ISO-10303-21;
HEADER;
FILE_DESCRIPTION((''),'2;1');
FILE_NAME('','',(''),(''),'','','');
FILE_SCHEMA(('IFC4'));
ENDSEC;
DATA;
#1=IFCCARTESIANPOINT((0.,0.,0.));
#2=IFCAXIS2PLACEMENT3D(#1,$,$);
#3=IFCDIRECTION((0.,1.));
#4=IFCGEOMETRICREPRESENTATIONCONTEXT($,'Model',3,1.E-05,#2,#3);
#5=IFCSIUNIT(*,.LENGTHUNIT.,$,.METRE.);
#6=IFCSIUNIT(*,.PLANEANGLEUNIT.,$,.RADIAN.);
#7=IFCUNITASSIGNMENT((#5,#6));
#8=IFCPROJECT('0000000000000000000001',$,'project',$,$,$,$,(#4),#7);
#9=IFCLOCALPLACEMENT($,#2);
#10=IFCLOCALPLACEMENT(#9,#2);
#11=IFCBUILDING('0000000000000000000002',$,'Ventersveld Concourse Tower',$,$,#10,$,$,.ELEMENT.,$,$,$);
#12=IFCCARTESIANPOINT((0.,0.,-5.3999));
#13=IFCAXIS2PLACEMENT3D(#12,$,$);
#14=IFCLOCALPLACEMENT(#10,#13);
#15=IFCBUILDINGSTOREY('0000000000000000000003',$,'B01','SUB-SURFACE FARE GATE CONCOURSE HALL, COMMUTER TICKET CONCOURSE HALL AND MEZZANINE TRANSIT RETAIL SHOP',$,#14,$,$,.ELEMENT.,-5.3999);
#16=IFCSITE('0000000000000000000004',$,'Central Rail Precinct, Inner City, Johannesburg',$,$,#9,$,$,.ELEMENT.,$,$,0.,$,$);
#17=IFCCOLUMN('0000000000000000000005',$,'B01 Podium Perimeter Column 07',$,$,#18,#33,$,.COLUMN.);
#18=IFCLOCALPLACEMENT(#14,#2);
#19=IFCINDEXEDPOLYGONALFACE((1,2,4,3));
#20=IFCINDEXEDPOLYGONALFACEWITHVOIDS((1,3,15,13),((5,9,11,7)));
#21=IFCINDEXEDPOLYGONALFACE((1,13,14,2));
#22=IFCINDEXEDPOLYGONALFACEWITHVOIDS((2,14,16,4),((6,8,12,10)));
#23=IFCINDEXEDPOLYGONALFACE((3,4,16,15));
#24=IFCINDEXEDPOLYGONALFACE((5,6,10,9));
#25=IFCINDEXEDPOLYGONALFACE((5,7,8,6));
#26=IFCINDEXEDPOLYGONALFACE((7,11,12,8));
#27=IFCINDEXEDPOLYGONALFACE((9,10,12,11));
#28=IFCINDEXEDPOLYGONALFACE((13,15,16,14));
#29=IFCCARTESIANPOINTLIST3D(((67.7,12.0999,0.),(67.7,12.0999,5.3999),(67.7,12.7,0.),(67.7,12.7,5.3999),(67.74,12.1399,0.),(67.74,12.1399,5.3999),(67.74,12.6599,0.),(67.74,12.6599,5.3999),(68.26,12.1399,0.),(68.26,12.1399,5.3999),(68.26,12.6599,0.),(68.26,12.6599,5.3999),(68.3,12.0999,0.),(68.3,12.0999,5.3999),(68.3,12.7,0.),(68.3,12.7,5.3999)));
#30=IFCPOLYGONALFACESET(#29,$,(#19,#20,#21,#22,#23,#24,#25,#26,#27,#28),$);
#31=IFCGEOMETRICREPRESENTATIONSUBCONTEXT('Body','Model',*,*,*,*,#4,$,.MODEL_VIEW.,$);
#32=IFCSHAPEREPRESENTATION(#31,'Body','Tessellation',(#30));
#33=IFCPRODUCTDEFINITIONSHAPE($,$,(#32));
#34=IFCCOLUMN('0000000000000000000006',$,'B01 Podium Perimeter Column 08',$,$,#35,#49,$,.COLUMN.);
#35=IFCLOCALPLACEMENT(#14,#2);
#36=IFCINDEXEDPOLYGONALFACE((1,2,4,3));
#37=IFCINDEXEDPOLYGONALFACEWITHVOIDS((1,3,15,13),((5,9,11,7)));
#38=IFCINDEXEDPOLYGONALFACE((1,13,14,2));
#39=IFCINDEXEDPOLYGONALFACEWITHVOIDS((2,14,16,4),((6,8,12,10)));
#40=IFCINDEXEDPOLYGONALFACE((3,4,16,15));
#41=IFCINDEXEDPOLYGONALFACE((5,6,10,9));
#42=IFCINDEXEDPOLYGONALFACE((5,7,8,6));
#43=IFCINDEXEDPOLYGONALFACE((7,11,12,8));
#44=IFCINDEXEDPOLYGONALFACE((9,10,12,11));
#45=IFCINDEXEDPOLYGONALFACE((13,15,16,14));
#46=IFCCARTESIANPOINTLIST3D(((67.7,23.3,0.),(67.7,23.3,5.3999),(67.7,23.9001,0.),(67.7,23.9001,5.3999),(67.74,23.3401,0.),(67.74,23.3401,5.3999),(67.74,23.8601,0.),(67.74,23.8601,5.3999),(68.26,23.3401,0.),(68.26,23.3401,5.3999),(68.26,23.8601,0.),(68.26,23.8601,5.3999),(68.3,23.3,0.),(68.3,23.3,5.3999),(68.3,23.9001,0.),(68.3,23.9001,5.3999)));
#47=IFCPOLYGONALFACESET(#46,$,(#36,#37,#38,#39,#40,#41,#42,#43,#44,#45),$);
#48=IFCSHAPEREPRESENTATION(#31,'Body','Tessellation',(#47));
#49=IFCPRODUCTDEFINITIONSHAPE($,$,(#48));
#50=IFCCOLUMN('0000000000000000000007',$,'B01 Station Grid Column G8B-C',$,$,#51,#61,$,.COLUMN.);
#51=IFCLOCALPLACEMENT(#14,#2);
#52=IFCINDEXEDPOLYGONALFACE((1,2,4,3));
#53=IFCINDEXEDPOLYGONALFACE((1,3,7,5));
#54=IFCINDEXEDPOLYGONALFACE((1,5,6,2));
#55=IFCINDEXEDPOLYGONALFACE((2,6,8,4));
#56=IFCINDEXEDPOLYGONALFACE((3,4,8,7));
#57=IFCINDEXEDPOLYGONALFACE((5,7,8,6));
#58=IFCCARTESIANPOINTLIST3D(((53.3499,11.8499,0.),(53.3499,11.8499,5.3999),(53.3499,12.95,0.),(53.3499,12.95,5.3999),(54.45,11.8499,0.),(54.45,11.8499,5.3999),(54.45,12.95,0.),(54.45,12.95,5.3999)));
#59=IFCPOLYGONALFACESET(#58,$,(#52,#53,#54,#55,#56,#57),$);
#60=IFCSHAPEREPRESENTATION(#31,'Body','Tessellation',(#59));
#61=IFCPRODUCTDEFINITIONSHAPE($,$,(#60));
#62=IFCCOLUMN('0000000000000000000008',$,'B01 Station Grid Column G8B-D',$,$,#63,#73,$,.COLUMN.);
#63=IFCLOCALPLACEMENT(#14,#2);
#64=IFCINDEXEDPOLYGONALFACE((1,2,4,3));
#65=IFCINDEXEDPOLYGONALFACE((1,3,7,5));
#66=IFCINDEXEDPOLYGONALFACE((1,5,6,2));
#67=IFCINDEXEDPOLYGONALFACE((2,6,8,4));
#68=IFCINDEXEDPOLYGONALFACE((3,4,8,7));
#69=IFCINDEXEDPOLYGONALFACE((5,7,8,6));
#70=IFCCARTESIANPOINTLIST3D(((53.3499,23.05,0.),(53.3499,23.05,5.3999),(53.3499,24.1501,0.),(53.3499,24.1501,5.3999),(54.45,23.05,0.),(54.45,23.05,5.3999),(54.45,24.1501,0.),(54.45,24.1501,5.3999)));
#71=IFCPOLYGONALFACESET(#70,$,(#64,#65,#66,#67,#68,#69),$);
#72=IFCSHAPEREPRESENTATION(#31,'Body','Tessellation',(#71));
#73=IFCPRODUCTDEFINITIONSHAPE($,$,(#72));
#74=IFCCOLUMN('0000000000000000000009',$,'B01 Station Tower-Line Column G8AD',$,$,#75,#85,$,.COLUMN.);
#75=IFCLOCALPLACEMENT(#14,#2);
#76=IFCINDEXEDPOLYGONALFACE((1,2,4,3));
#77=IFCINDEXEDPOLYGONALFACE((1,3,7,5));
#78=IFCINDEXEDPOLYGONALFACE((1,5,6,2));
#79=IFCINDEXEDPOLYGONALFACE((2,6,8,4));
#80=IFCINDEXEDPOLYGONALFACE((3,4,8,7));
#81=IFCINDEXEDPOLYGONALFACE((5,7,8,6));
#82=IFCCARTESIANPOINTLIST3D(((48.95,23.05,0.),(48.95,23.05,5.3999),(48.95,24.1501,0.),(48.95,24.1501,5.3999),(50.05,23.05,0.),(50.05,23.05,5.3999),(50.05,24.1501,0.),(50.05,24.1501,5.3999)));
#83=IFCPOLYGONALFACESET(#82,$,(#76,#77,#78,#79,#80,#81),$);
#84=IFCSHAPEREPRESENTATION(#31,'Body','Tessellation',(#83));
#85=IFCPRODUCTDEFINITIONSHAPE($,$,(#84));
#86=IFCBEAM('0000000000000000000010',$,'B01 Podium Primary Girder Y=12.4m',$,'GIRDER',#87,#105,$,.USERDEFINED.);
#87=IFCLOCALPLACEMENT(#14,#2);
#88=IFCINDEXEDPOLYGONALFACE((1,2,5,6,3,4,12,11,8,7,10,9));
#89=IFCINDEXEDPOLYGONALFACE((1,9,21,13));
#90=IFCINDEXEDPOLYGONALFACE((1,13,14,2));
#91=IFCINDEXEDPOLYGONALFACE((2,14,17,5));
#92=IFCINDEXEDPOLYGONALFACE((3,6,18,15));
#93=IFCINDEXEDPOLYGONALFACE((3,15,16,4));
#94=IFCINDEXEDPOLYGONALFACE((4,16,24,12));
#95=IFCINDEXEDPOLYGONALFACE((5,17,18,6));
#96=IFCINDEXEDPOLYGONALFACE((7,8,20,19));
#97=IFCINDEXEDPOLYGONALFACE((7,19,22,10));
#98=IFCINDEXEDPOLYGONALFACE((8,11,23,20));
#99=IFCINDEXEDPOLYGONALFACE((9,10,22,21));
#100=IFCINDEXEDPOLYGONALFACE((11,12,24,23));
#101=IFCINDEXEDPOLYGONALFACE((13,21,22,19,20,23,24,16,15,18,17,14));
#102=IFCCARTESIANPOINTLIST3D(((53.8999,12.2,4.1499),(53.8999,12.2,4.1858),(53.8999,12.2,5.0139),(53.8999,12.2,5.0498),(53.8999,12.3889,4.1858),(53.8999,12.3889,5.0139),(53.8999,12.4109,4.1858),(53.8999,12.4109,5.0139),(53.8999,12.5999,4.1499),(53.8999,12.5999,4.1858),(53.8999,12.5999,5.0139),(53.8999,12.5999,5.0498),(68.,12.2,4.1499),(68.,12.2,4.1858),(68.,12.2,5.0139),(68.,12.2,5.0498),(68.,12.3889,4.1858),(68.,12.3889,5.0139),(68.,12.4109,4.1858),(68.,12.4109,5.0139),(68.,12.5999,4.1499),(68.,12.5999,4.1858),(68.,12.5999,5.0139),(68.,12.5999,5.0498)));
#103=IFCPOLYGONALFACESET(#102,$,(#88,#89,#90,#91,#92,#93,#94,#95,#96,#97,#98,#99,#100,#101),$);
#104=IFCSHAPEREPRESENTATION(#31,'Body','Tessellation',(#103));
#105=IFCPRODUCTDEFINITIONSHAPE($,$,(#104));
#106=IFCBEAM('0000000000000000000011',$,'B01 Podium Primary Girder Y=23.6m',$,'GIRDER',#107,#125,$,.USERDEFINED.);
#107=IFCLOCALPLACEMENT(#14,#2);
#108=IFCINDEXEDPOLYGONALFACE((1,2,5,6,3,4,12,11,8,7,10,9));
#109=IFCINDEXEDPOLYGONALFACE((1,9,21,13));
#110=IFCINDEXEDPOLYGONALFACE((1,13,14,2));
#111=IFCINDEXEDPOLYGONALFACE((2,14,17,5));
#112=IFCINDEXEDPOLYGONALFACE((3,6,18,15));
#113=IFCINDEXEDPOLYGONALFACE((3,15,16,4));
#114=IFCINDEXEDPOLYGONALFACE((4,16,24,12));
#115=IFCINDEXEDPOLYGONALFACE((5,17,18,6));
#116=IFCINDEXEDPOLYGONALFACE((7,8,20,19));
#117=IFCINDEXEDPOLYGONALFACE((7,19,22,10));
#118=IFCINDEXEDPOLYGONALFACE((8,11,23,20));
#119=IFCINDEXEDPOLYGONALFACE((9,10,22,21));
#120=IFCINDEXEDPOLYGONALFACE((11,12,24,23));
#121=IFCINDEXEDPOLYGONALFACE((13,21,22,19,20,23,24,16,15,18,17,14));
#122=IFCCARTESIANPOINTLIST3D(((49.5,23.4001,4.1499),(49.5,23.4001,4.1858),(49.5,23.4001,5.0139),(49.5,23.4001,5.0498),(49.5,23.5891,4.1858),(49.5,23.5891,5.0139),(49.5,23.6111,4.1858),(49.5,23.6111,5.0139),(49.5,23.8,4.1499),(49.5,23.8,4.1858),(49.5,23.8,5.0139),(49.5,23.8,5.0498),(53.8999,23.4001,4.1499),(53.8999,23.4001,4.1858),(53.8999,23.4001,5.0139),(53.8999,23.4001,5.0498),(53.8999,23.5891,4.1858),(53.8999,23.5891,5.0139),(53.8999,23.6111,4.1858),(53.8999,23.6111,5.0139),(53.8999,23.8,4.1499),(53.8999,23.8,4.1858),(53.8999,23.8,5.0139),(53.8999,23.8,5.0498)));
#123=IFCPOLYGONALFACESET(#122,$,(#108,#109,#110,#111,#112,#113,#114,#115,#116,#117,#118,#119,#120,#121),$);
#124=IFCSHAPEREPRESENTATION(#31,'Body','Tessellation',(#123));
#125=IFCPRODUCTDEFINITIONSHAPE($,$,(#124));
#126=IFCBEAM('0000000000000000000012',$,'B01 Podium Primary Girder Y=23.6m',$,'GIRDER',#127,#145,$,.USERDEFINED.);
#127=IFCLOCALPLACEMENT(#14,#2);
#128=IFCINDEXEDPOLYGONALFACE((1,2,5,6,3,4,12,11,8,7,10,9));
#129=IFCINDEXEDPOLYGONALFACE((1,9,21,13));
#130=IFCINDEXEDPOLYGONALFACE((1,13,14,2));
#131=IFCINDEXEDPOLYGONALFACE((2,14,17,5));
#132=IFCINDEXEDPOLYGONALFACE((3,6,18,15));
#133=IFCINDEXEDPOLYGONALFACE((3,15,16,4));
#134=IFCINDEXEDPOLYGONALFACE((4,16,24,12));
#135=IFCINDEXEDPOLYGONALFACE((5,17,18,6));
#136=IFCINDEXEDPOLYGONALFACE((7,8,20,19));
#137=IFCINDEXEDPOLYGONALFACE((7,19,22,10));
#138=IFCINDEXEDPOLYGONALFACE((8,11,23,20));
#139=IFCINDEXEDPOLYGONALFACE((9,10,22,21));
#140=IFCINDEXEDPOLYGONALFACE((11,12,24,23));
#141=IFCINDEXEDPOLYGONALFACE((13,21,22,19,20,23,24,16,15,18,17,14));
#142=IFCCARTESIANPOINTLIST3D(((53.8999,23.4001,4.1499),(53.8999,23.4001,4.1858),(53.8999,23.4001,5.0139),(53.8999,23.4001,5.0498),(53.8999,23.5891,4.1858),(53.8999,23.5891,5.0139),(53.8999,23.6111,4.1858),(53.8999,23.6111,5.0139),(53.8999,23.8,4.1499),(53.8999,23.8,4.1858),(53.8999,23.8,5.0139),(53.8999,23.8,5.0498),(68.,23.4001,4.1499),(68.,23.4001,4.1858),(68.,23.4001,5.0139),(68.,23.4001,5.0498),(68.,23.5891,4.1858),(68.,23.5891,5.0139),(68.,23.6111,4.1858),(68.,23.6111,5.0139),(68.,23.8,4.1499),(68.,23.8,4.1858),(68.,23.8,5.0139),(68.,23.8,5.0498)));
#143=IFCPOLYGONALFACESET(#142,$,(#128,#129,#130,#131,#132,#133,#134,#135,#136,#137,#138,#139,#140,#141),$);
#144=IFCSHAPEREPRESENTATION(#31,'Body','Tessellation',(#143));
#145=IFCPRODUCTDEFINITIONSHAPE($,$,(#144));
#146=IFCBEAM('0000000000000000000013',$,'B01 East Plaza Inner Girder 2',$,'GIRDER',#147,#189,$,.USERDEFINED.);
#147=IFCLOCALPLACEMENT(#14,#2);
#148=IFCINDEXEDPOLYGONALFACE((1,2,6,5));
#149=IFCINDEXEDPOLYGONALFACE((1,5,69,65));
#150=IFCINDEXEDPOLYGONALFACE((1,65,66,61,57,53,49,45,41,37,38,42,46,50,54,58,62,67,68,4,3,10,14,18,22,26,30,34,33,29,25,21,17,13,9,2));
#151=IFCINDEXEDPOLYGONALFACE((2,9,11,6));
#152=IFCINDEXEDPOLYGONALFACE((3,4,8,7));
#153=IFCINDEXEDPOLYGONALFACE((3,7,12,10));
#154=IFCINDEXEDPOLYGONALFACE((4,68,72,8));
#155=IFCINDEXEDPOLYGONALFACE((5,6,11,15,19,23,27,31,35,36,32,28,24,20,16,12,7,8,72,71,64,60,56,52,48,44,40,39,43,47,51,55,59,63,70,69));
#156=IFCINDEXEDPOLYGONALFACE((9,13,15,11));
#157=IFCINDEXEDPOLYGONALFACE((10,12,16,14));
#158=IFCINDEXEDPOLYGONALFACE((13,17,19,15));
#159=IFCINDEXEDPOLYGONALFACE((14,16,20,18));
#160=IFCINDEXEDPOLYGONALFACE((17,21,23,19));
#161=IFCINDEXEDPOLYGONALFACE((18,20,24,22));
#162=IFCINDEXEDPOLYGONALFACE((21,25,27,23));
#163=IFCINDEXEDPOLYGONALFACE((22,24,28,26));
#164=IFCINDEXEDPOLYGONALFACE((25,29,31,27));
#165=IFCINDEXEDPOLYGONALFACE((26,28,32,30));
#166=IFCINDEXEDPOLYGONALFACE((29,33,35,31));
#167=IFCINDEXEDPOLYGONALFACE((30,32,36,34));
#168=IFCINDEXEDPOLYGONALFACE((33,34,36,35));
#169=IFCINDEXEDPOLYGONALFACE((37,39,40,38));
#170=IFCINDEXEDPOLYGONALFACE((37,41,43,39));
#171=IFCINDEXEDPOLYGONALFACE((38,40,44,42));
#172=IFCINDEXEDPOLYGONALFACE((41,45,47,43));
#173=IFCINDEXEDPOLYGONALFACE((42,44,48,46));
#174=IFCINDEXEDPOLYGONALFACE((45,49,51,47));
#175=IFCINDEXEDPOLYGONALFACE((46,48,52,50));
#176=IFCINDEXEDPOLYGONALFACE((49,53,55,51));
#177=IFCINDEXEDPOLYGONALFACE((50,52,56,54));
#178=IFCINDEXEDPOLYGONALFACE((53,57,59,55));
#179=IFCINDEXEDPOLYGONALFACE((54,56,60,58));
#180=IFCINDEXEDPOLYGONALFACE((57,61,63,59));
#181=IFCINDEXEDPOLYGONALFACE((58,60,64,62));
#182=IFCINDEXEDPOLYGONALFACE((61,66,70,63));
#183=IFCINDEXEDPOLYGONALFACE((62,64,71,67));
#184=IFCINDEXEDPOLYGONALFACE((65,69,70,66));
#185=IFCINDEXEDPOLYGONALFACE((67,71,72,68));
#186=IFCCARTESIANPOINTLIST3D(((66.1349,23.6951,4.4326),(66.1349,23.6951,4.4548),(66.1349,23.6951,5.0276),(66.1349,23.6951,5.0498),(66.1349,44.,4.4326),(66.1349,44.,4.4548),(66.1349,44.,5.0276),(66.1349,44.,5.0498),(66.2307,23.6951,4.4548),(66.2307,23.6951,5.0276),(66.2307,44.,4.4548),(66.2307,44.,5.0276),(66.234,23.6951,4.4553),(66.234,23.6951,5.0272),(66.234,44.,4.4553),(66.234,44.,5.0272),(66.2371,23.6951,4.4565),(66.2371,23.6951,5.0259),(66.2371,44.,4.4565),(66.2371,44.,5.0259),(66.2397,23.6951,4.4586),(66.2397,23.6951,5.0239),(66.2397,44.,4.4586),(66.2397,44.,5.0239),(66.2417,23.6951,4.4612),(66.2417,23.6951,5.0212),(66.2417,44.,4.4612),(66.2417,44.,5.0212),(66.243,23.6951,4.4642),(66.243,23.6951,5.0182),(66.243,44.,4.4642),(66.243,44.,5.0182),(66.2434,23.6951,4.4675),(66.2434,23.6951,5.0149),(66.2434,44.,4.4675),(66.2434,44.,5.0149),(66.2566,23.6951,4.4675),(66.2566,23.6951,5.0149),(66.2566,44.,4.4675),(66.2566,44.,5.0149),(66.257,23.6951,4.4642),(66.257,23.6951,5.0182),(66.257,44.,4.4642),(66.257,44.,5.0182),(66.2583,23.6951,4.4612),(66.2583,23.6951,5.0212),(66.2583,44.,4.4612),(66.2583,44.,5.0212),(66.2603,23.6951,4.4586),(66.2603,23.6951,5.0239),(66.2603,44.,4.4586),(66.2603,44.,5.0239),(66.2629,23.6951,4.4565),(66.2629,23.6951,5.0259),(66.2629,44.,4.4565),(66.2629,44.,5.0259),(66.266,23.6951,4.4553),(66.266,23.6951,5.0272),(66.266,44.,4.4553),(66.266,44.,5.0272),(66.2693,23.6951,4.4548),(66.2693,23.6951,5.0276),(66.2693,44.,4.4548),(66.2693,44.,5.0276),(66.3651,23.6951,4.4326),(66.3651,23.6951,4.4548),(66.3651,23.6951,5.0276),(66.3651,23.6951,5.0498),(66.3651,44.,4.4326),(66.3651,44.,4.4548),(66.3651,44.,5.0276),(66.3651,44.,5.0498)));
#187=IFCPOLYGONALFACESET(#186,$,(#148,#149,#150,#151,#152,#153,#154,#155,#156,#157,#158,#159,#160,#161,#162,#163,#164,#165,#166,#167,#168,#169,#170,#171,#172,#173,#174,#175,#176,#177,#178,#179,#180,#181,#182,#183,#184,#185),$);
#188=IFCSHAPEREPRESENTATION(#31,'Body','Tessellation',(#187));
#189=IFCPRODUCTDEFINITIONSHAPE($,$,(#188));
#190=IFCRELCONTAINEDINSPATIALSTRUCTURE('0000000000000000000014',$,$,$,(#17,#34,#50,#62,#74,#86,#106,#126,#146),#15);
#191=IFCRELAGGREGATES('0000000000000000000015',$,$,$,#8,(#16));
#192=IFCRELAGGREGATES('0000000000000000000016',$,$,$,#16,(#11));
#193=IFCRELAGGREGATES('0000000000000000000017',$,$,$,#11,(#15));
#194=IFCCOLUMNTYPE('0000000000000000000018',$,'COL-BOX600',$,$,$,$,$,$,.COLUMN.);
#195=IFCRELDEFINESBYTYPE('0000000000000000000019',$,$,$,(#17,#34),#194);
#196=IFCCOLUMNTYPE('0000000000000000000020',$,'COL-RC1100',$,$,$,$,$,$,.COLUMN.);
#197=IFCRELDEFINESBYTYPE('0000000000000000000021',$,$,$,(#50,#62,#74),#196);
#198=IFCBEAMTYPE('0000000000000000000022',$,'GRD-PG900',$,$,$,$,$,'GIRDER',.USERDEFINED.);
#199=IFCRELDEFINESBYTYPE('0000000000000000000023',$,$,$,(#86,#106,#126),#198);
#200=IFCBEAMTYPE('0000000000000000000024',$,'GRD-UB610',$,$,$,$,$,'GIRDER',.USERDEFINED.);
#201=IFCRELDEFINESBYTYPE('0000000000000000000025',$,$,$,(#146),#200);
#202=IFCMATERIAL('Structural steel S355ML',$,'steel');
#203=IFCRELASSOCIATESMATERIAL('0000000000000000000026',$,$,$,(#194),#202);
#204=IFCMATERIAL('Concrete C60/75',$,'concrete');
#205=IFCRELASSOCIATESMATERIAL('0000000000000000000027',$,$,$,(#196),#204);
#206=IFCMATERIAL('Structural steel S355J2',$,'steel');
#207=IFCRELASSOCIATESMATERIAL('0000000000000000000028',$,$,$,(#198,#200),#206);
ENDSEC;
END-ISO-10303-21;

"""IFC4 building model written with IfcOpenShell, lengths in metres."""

from ifc_helpers import new_model, si_unit, direction, frame, origin, origin_2d, place, context, subcontext, project, spatial, rectangle, hollow_rectangle, i_section, extrude, material, material_profile, profile_set, type_object, element, save


model = new_model("IFC4")

# Units and contexts
model_context = context("Model", 3, precision=1e-05, world=origin(), true_north=direction((0.0, 1.0)))
body_context = subcontext(model_context, "Body", "Model", "MODEL_VIEW")
ifc_project = project(units=[si_unit("LENGTHUNIT", "METRE"), si_unit("PLANEANGLEUNIT", "RADIAN")], contexts=[model_context])

# Site, building, storey
site_placement = place(None, origin())
site = spatial("IfcSite", under=ifc_project, at=site_placement, Name="Central Rail Precinct, Inner City, Johannesburg", CompositionType="ELEMENT", RefElevation=0.0)
building_placement = place(site_placement, origin())
building = spatial("IfcBuilding", under=site, at=building_placement, Name="Ventersveld Concourse Tower", CompositionType="ELEMENT")
storey_placement = place(building_placement, frame((0.0, 0.0, -5.3999)))
storey = spatial("IfcBuildingStorey", under=building, at=storey_placement, Name="B01", Description="SUB-SURFACE FARE GATE CONCOURSE HALL, COMMUTER TICKET CONCOURSE HALL AND MEZZANINE TRANSIT RETAIL SHOP", CompositionType="ELEMENT", Elevation=-5.3999)

# Columns
ifc_material_1 = material(Name="Structural steel S355ML", Category="steel")
ifc_material_profile_1 = material_profile(ifc_material_1, hollow_rectangle(XDim=0.6001, YDim=0.6001, WallThickness=0.04, at=origin_2d()), Name="BOX 600x600x40")
ifc_profile_set_1 = profile_set([ifc_material_profile_1], Name="Structural steel S355ML")
column_type_1 = type_object("IfcColumnType", Name="COL-BOX600", PredefinedType="COLUMN", material=ifc_profile_set_1)
for number, where, z_axis, x_axis, name in (
    (1, (68.0, 12.3999, 0.0), (0.0, 0.0, 1.0), (1.0, 0.0, 0.0), "B01 Podium Perimeter Column 07"),
    (2, (68.0, 23.6001, 0.0), (0.0, 0.0, 1.0), (1.0, 0.0, 0.0), "B01 Podium Perimeter Column 08"),
):
    element("IfcColumn", number, at=place(storey_placement, frame(where, z_axis=z_axis, x_axis=x_axis)), inside=storey, type_object=column_type_1, Name=name, PredefinedType="COLUMN", context=body_context, shape_type="SweptSolid", body=[
        extrude(hollow_rectangle(XDim=0.6001, YDim=0.6001, WallThickness=0.04, at=origin_2d()), origin(), (0.0, 0.0, 1.0), 5.3999),
    ])
ifc_material_2 = material(Name="Concrete C60/75", Category="concrete")
ifc_material_profile_2 = material_profile(ifc_material_2, rectangle(XDim=1.1001, YDim=1.1001, at=origin_2d()), Name="RC 1100x1100")
ifc_profile_set_2 = profile_set([ifc_material_profile_2], Name="Concrete C60/75")
column_type_2 = type_object("IfcColumnType", Name="COL-RC1100", PredefinedType="COLUMN", material=ifc_profile_set_2)
for number, where, z_axis, x_axis, name in (
    (3, (53.8999, 12.3999, 0.0), (0.0, 0.0, 1.0), (1.0, 0.0, 0.0), "B01 Station Grid Column G8B-C"),
    (4, (53.8999, 23.6001, 0.0), (0.0, 0.0, 1.0), (1.0, 0.0, 0.0), "B01 Station Grid Column G8B-D"),
    (5, (49.5, 23.6001, 0.0), (0.0, 0.0, 1.0), (1.0, 0.0, 0.0), "B01 Station Tower-Line Column G8AD"),
):
    element("IfcColumn", number, at=place(storey_placement, frame(where, z_axis=z_axis, x_axis=x_axis)), inside=storey, type_object=column_type_2, Name=name, PredefinedType="COLUMN", context=body_context, shape_type="SweptSolid", body=[
        extrude(rectangle(XDim=1.1001, YDim=1.1001, at=origin_2d()), origin(), (0.0, 0.0, 1.0), 5.3999),
    ])

# Beams
ifc_material_3 = material(Name="Structural steel S355J2", Category="steel")
ifc_material_profile_3 = material_profile(ifc_material_3, i_section(OverallWidth=0.3999, OverallDepth=0.8999, WebThickness=0.022, FlangeThickness=0.0359, at=origin_2d()), Name="PG 900x400x36")
ifc_profile_set_3 = profile_set([ifc_material_profile_3], Name="Structural steel S355J2")
beam_type_1 = type_object("IfcBeamType", Name="GRD-PG900", ElementType="GIRDER", PredefinedType="USERDEFINED", material=ifc_profile_set_3)
beam_1_placement = place(storey_placement, frame((53.8999, 12.3999, 4.5999), z_axis=(1.0, 0.0, 0.0), x_axis=(0.0, 1.0, 0.0)))
element("IfcBeam", 6, at=beam_1_placement, inside=storey, type_object=beam_type_1, Name="B01 Podium Primary Girder Y=12.4m", ObjectType="GIRDER", PredefinedType="USERDEFINED", context=body_context, shape_type="SweptSolid", body=[
    extrude(i_section(OverallWidth=0.3999, OverallDepth=0.8999, WebThickness=0.022, FlangeThickness=0.0359, at=origin_2d()), origin(), (0.0, 0.0, 1.0), 14.1001),
])
beam_2_placement = place(storey_placement, frame((49.5, 23.6001, 4.5999), z_axis=(1.0, 0.0, 0.0), x_axis=(0.0, 1.0, 0.0)))
element("IfcBeam", 7, at=beam_2_placement, inside=storey, type_object=beam_type_1, Name="B01 Podium Primary Girder Y=23.6m", ObjectType="GIRDER", PredefinedType="USERDEFINED", context=body_context, shape_type="SweptSolid", body=[
    extrude(i_section(OverallWidth=0.3999, OverallDepth=0.8999, WebThickness=0.022, FlangeThickness=0.0359, at=origin_2d()), origin(), (0.0, 0.0, 1.0), 4.3999),
])
beam_3_placement = place(storey_placement, frame((53.8999, 23.6001, 4.5999), z_axis=(1.0, 0.0, 0.0), x_axis=(0.0, 1.0, 0.0)))
element("IfcBeam", 8, at=beam_3_placement, inside=storey, type_object=beam_type_1, Name="B01 Podium Primary Girder Y=23.6m", ObjectType="GIRDER", PredefinedType="USERDEFINED", context=body_context, shape_type="SweptSolid", body=[
    extrude(i_section(OverallWidth=0.3999, OverallDepth=0.8999, WebThickness=0.022, FlangeThickness=0.0359, at=origin_2d()), origin(), (0.0, 0.0, 1.0), 14.1001),
])
ifc_material_profile_4 = material_profile(ifc_material_3, i_section(OverallWidth=0.2302, OverallDepth=0.6172, WebThickness=0.0132, FlangeThickness=0.0222, FilletRadius=0.0127, at=origin_2d()), Name="UB 610x229x140")
ifc_profile_set_4 = profile_set([ifc_material_profile_4], Name="Structural steel S355J2")
beam_type_2 = type_object("IfcBeamType", Name="GRD-UB610", ElementType="GIRDER", PredefinedType="USERDEFINED", material=ifc_profile_set_4)
beam_4_placement = place(storey_placement, frame((66.25, 23.6951, 4.7412), z_axis=(0.0, 1.0, 0.0), x_axis=(-1.0, 0.0, 0.0)))
element("IfcBeam", 9, at=beam_4_placement, inside=storey, type_object=beam_type_2, Name="B01 East Plaza Inner Girder 2", ObjectType="GIRDER", PredefinedType="USERDEFINED", context=body_context, shape_type="SweptSolid", body=[
    extrude(i_section(OverallWidth=0.2302, OverallDepth=0.6172, WebThickness=0.0132, FlangeThickness=0.0222, FilletRadius=0.0127, at=origin_2d()), origin(), (0.0, 0.0, 1.0), 20.3049),
])

save(model, "model.ifc")
